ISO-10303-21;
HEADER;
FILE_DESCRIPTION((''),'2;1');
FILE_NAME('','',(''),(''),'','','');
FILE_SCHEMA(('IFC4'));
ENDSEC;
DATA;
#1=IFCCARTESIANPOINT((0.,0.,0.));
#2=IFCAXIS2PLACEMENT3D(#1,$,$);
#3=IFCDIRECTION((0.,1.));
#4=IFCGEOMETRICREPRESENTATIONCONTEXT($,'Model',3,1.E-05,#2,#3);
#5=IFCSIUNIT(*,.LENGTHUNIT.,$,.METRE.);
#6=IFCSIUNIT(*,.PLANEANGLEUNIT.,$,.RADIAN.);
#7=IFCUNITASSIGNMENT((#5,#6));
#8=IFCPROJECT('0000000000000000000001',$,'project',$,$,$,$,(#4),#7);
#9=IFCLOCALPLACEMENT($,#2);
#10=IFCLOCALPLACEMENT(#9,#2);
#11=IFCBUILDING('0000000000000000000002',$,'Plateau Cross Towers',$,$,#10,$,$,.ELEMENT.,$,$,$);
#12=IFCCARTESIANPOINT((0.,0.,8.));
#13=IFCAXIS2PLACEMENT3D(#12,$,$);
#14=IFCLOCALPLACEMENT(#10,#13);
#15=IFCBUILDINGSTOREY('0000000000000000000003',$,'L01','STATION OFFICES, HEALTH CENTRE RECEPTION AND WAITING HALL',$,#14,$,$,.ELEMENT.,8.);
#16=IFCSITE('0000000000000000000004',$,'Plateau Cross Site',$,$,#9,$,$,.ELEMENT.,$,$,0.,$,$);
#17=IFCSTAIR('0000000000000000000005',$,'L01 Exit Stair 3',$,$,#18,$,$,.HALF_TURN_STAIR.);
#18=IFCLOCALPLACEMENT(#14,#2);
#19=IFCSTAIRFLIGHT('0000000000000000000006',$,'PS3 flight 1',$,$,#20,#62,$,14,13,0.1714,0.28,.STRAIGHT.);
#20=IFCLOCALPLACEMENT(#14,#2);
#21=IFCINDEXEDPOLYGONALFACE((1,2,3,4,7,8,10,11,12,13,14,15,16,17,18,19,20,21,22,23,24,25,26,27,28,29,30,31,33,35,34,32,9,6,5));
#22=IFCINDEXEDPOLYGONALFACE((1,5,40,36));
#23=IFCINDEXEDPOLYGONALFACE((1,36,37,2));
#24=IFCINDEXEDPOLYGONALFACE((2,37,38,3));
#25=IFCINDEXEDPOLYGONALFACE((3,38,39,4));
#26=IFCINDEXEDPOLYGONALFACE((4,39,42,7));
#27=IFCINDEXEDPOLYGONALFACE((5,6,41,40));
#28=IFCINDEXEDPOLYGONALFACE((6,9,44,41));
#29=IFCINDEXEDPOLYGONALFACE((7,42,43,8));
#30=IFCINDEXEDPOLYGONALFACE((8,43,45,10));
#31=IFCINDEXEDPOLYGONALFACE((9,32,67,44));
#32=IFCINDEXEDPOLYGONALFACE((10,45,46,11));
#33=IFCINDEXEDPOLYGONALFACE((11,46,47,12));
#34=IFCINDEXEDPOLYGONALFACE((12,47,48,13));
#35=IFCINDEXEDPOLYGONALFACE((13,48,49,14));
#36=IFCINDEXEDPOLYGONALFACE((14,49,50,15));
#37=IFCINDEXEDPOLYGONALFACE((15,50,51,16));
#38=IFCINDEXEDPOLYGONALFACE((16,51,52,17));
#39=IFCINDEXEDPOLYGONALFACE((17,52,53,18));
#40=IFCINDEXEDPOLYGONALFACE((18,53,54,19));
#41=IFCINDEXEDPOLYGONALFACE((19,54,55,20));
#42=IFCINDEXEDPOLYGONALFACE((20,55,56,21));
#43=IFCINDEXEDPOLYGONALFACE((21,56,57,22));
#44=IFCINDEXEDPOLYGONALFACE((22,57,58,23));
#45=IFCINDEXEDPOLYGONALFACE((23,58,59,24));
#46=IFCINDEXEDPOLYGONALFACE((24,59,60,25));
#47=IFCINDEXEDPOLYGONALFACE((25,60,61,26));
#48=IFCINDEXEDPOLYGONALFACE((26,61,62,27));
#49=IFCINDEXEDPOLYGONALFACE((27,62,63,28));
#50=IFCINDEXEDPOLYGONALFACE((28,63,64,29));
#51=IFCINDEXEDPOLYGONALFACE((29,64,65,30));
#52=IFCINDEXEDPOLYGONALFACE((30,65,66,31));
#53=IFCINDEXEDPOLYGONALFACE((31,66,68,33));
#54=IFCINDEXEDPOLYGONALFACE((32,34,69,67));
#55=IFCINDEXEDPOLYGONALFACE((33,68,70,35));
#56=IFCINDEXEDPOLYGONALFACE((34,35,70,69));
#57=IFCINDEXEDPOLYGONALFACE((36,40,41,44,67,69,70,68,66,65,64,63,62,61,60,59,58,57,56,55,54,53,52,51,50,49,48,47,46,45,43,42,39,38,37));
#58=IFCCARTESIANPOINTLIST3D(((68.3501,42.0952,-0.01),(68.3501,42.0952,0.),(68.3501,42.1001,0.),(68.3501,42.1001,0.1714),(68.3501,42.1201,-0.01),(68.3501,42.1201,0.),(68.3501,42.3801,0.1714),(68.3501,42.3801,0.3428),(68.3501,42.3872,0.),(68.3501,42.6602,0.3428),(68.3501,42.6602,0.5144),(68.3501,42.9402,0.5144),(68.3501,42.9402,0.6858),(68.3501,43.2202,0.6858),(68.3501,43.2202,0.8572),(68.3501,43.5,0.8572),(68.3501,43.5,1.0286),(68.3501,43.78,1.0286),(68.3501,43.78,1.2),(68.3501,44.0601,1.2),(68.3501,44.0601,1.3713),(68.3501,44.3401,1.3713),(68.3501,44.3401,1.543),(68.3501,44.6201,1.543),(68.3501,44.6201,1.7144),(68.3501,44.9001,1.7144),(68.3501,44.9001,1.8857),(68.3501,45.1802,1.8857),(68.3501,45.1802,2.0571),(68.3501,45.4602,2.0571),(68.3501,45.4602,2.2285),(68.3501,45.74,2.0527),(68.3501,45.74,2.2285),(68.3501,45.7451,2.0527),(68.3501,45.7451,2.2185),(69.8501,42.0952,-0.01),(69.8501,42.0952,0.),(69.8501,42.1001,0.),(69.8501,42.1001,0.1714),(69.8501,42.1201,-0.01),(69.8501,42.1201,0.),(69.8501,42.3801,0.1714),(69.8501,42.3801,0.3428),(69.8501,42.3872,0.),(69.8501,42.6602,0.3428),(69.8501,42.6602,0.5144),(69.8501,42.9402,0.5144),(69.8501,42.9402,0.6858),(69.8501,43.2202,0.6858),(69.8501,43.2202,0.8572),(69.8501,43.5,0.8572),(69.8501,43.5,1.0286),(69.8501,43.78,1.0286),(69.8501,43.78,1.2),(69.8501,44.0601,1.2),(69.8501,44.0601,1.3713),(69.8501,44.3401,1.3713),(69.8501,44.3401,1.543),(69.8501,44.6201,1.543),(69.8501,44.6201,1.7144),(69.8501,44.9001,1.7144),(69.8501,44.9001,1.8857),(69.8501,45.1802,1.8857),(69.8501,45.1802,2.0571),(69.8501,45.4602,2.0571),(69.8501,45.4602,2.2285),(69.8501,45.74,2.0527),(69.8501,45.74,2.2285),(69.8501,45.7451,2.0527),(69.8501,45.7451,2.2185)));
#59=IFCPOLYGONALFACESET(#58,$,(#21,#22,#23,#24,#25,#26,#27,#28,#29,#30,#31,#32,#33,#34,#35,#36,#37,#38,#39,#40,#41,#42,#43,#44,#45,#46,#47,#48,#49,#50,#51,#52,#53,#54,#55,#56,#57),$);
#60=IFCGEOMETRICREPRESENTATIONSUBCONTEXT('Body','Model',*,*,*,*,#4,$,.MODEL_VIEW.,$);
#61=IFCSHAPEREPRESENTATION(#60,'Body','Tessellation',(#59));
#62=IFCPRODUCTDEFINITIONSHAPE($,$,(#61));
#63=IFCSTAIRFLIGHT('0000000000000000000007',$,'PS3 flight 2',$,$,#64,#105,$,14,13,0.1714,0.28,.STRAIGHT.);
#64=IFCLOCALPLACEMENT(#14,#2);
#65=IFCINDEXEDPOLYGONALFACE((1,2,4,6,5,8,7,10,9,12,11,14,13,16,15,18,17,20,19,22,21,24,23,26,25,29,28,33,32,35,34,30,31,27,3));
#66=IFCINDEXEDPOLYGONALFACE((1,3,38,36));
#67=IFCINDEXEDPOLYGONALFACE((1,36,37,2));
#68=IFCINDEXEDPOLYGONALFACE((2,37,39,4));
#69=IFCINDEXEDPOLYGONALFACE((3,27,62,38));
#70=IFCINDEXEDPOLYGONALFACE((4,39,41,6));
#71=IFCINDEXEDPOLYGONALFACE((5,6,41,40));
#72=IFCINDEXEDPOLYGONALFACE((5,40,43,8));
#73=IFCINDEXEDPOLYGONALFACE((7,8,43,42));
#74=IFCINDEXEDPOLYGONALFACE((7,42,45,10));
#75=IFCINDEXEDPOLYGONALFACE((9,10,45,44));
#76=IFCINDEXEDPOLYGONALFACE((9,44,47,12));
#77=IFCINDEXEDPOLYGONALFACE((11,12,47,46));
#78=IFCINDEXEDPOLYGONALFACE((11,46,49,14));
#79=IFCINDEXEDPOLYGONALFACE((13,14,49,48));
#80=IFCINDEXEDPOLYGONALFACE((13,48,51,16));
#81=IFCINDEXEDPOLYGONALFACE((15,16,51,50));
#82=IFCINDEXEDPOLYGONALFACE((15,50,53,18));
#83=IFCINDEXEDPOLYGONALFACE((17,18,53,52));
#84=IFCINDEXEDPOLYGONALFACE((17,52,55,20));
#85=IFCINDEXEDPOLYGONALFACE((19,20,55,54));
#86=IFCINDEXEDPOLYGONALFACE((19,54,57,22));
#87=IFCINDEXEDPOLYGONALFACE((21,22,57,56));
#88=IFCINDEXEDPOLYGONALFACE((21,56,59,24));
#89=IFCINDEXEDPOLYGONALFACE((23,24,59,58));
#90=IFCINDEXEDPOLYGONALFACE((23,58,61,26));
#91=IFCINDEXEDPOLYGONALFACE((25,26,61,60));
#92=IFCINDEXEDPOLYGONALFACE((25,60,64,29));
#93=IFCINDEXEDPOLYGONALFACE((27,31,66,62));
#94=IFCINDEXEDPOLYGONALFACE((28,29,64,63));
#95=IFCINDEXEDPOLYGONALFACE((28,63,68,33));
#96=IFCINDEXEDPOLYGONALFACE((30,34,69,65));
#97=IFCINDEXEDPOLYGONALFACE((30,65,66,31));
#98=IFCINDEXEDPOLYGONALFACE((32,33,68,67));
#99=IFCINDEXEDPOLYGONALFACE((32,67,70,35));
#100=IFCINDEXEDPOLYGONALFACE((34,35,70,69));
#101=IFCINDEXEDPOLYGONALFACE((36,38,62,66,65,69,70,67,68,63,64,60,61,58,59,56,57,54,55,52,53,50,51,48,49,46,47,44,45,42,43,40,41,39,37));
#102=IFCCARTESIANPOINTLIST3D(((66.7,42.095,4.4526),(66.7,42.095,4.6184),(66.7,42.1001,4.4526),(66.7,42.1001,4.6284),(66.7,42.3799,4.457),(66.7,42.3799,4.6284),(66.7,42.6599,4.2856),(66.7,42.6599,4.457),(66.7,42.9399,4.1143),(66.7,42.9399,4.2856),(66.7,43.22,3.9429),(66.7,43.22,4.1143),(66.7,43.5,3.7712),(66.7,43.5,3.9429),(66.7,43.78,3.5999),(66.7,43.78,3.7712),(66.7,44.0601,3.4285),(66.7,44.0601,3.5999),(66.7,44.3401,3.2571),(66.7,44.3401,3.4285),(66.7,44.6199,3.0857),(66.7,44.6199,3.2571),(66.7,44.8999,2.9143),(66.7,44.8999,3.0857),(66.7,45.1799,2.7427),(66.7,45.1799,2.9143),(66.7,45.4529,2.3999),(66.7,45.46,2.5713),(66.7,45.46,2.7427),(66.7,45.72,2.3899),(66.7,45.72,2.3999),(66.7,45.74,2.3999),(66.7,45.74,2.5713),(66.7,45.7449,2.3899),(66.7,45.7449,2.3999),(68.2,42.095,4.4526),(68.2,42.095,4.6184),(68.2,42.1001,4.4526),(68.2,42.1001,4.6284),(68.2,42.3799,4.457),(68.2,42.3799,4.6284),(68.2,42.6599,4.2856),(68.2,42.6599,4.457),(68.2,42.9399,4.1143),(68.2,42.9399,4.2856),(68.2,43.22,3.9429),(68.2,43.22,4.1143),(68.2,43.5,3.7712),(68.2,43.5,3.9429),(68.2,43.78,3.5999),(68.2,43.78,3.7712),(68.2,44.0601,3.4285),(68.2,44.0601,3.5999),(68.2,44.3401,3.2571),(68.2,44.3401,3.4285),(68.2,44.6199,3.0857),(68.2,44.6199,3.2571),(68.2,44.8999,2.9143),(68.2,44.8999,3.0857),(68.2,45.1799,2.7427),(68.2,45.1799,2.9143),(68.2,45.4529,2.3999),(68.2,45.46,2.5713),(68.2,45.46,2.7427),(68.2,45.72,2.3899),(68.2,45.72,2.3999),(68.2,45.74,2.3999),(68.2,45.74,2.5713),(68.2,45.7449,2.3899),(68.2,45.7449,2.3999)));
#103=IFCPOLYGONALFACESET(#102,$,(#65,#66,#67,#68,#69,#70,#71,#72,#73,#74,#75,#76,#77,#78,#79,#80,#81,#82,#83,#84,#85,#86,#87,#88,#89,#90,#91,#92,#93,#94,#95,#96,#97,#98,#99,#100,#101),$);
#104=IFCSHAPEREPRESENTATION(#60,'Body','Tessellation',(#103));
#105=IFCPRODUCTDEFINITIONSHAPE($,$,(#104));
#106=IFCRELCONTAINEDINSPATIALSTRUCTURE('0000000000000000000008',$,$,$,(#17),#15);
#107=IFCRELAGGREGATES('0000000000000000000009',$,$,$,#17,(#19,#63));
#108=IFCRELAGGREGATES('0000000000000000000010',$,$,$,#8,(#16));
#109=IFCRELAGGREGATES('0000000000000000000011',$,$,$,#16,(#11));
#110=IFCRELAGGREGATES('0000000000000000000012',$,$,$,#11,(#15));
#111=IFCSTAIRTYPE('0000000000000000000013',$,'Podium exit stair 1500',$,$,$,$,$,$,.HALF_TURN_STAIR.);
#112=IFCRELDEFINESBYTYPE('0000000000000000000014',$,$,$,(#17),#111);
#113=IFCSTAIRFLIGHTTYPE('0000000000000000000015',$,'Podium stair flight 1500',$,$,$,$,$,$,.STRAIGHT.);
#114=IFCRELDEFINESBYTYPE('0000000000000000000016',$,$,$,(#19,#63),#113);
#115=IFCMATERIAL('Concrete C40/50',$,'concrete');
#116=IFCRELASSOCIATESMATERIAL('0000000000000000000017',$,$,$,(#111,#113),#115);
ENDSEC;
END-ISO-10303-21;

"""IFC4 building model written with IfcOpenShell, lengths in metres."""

from ifc_helpers import new_model, si_unit, direction, frame, origin, place, context, subcontext, project, spatial, polyline, outline, extrude, material, type_object, element, aggregate, save


model = new_model("IFC4")

# Units and contexts
model_context = context("Model", 3, precision=1e-05, world=origin(), true_north=direction((0.0, 1.0)))
body_context = subcontext(model_context, "Body", "Model", "MODEL_VIEW")
ifc_project = project(units=[si_unit("LENGTHUNIT", "METRE"), si_unit("PLANEANGLEUNIT", "RADIAN")], contexts=[model_context])

# Site, building, storey
site_placement = place(None, origin())
site = spatial("IfcSite", under=ifc_project, at=site_placement, Name="Plateau Cross Site", CompositionType="ELEMENT", RefElevation=0.0)
building_placement = place(site_placement, origin())
building = spatial("IfcBuilding", under=site, at=building_placement, Name="Plateau Cross Towers", CompositionType="ELEMENT")
storey_placement = place(building_placement, frame((0.0, 0.0, 8.0)))
storey = spatial("IfcBuildingStorey", under=building, at=storey_placement, Name="L01", Description="STATION OFFICES, HEALTH CENTRE RECEPTION AND WAITING HALL", CompositionType="ELEMENT", Elevation=8.0)

# Stair, stair flights
ifc_material_1 = material(Name="Concrete C40/50", Category="concrete")
stair_type = type_object("IfcStairType", Name="Podium exit stair 1500", PredefinedType="HALF_TURN_STAIR", material=ifc_material_1)
stair_placement = place(storey_placement, origin())
stair = element("IfcStair", 1, at=stair_placement, inside=storey, type_object=stair_type, Name="L01 Exit Stair 3", PredefinedType="HALF_TURN_STAIR")
stair_flight_type = type_object("IfcStairFlightType", Name="Podium stair flight 1500", PredefinedType="STRAIGHT", material=ifc_material_1)
stair_flight_1_placement = place(storey_placement, frame((69.1001, 42.1001, 0.0), z_axis=(0.0, 0.0, 1.0), x_axis=(0.0, 1.0, 0.0)))
stair_flight_1 = element("IfcStairFlight", 2, at=stair_flight_1_placement, type_object=stair_flight_type, Name="PS3 flight 1", NumberOfRisers=14, NumberOfTreads=13, PredefinedType="STRAIGHT", RiserHeight=0.1714, TreadLength=0.28, context=body_context, shape_type="SweptSolid", body=[
    extrude(outline(polyline([(-0.0049, -0.01), (-0.0049, 0.0), (0.0, 0.0), (0.0, 0.1714), (0.28, 0.1714), (0.28, 0.3428), (0.5601, 0.3428), (0.5601, 0.5144), (0.8401, 0.5144), (0.8401, 0.6858), (1.1201, 0.6858), (1.1201, 0.8572), (1.3999, 0.8572), (1.3999, 1.0286), (1.6799, 1.0286), (1.6799, 1.2), (1.96, 1.2), (1.96, 1.3713), (2.24, 1.3713), (2.24, 1.543), (2.52, 1.543), (2.52, 1.7144), (2.8, 1.7144), (2.8, 1.8857), (3.0801, 1.8857), (3.0801, 2.0571), (3.3601, 2.0571), (3.3601, 2.2285), (3.6399, 2.2285), (3.645, 2.2185), (3.645, 2.0527), (3.6399, 2.0527), (0.2871, 0.0), (0.02, 0.0), (0.02, -0.01), (-0.0049, -0.01)])), frame((0.0, 0.75, 0.0), z_axis=(0.0, -1.0, 0.0), x_axis=(1.0, 0.0, 0.0)), (0.0, 0.0, 1.0), 1.5),
])
stair_flight_2_placement = place(storey_placement, frame((67.45, 45.74, 2.3999), z_axis=(0.0, 0.0, 1.0), x_axis=(0.0, -1.0, 0.0)))
stair_flight_2 = element("IfcStairFlight", 3, at=stair_flight_2_placement, type_object=stair_flight_type, Name="PS3 flight 2", NumberOfRisers=14, NumberOfTreads=13, PredefinedType="STRAIGHT", RiserHeight=0.1714, TreadLength=0.28, context=body_context, shape_type="SweptSolid", body=[
    extrude(outline(polyline([(-0.0049, -0.01), (-0.0049, 0.0), (0.0, 0.0), (0.0, 0.1714), (0.28, 0.1714), (0.28, 0.3428), (0.5601, 0.3428), (0.5601, 0.5144), (0.8401, 0.5144), (0.8401, 0.6858), (1.1201, 0.6858), (1.1201, 0.8572), (1.3999, 0.8572), (1.3999, 1.0286), (1.6799, 1.0286), (1.6799, 1.2), (1.96, 1.2), (1.96, 1.3713), (2.24, 1.3713), (2.24, 1.543), (2.52, 1.543), (2.52, 1.7144), (2.8, 1.7144), (2.8, 1.8857), (3.0801, 1.8857), (3.0801, 2.0571), (3.3601, 2.0571), (3.3601, 2.2285), (3.6399, 2.2285), (3.645, 2.2185), (3.645, 2.0527), (3.6399, 2.0527), (0.2871, 0.0), (0.02, 0.0), (0.02, -0.01), (-0.0049, -0.01)])), frame((0.0, 0.75, 0.0), z_axis=(0.0, -1.0, 0.0), x_axis=(1.0, 0.0, 0.0)), (0.0, 0.0, 1.0), 1.5),
])
aggregate(stair, [stair_flight_1, stair_flight_2])

save(model, "model.ifc")
